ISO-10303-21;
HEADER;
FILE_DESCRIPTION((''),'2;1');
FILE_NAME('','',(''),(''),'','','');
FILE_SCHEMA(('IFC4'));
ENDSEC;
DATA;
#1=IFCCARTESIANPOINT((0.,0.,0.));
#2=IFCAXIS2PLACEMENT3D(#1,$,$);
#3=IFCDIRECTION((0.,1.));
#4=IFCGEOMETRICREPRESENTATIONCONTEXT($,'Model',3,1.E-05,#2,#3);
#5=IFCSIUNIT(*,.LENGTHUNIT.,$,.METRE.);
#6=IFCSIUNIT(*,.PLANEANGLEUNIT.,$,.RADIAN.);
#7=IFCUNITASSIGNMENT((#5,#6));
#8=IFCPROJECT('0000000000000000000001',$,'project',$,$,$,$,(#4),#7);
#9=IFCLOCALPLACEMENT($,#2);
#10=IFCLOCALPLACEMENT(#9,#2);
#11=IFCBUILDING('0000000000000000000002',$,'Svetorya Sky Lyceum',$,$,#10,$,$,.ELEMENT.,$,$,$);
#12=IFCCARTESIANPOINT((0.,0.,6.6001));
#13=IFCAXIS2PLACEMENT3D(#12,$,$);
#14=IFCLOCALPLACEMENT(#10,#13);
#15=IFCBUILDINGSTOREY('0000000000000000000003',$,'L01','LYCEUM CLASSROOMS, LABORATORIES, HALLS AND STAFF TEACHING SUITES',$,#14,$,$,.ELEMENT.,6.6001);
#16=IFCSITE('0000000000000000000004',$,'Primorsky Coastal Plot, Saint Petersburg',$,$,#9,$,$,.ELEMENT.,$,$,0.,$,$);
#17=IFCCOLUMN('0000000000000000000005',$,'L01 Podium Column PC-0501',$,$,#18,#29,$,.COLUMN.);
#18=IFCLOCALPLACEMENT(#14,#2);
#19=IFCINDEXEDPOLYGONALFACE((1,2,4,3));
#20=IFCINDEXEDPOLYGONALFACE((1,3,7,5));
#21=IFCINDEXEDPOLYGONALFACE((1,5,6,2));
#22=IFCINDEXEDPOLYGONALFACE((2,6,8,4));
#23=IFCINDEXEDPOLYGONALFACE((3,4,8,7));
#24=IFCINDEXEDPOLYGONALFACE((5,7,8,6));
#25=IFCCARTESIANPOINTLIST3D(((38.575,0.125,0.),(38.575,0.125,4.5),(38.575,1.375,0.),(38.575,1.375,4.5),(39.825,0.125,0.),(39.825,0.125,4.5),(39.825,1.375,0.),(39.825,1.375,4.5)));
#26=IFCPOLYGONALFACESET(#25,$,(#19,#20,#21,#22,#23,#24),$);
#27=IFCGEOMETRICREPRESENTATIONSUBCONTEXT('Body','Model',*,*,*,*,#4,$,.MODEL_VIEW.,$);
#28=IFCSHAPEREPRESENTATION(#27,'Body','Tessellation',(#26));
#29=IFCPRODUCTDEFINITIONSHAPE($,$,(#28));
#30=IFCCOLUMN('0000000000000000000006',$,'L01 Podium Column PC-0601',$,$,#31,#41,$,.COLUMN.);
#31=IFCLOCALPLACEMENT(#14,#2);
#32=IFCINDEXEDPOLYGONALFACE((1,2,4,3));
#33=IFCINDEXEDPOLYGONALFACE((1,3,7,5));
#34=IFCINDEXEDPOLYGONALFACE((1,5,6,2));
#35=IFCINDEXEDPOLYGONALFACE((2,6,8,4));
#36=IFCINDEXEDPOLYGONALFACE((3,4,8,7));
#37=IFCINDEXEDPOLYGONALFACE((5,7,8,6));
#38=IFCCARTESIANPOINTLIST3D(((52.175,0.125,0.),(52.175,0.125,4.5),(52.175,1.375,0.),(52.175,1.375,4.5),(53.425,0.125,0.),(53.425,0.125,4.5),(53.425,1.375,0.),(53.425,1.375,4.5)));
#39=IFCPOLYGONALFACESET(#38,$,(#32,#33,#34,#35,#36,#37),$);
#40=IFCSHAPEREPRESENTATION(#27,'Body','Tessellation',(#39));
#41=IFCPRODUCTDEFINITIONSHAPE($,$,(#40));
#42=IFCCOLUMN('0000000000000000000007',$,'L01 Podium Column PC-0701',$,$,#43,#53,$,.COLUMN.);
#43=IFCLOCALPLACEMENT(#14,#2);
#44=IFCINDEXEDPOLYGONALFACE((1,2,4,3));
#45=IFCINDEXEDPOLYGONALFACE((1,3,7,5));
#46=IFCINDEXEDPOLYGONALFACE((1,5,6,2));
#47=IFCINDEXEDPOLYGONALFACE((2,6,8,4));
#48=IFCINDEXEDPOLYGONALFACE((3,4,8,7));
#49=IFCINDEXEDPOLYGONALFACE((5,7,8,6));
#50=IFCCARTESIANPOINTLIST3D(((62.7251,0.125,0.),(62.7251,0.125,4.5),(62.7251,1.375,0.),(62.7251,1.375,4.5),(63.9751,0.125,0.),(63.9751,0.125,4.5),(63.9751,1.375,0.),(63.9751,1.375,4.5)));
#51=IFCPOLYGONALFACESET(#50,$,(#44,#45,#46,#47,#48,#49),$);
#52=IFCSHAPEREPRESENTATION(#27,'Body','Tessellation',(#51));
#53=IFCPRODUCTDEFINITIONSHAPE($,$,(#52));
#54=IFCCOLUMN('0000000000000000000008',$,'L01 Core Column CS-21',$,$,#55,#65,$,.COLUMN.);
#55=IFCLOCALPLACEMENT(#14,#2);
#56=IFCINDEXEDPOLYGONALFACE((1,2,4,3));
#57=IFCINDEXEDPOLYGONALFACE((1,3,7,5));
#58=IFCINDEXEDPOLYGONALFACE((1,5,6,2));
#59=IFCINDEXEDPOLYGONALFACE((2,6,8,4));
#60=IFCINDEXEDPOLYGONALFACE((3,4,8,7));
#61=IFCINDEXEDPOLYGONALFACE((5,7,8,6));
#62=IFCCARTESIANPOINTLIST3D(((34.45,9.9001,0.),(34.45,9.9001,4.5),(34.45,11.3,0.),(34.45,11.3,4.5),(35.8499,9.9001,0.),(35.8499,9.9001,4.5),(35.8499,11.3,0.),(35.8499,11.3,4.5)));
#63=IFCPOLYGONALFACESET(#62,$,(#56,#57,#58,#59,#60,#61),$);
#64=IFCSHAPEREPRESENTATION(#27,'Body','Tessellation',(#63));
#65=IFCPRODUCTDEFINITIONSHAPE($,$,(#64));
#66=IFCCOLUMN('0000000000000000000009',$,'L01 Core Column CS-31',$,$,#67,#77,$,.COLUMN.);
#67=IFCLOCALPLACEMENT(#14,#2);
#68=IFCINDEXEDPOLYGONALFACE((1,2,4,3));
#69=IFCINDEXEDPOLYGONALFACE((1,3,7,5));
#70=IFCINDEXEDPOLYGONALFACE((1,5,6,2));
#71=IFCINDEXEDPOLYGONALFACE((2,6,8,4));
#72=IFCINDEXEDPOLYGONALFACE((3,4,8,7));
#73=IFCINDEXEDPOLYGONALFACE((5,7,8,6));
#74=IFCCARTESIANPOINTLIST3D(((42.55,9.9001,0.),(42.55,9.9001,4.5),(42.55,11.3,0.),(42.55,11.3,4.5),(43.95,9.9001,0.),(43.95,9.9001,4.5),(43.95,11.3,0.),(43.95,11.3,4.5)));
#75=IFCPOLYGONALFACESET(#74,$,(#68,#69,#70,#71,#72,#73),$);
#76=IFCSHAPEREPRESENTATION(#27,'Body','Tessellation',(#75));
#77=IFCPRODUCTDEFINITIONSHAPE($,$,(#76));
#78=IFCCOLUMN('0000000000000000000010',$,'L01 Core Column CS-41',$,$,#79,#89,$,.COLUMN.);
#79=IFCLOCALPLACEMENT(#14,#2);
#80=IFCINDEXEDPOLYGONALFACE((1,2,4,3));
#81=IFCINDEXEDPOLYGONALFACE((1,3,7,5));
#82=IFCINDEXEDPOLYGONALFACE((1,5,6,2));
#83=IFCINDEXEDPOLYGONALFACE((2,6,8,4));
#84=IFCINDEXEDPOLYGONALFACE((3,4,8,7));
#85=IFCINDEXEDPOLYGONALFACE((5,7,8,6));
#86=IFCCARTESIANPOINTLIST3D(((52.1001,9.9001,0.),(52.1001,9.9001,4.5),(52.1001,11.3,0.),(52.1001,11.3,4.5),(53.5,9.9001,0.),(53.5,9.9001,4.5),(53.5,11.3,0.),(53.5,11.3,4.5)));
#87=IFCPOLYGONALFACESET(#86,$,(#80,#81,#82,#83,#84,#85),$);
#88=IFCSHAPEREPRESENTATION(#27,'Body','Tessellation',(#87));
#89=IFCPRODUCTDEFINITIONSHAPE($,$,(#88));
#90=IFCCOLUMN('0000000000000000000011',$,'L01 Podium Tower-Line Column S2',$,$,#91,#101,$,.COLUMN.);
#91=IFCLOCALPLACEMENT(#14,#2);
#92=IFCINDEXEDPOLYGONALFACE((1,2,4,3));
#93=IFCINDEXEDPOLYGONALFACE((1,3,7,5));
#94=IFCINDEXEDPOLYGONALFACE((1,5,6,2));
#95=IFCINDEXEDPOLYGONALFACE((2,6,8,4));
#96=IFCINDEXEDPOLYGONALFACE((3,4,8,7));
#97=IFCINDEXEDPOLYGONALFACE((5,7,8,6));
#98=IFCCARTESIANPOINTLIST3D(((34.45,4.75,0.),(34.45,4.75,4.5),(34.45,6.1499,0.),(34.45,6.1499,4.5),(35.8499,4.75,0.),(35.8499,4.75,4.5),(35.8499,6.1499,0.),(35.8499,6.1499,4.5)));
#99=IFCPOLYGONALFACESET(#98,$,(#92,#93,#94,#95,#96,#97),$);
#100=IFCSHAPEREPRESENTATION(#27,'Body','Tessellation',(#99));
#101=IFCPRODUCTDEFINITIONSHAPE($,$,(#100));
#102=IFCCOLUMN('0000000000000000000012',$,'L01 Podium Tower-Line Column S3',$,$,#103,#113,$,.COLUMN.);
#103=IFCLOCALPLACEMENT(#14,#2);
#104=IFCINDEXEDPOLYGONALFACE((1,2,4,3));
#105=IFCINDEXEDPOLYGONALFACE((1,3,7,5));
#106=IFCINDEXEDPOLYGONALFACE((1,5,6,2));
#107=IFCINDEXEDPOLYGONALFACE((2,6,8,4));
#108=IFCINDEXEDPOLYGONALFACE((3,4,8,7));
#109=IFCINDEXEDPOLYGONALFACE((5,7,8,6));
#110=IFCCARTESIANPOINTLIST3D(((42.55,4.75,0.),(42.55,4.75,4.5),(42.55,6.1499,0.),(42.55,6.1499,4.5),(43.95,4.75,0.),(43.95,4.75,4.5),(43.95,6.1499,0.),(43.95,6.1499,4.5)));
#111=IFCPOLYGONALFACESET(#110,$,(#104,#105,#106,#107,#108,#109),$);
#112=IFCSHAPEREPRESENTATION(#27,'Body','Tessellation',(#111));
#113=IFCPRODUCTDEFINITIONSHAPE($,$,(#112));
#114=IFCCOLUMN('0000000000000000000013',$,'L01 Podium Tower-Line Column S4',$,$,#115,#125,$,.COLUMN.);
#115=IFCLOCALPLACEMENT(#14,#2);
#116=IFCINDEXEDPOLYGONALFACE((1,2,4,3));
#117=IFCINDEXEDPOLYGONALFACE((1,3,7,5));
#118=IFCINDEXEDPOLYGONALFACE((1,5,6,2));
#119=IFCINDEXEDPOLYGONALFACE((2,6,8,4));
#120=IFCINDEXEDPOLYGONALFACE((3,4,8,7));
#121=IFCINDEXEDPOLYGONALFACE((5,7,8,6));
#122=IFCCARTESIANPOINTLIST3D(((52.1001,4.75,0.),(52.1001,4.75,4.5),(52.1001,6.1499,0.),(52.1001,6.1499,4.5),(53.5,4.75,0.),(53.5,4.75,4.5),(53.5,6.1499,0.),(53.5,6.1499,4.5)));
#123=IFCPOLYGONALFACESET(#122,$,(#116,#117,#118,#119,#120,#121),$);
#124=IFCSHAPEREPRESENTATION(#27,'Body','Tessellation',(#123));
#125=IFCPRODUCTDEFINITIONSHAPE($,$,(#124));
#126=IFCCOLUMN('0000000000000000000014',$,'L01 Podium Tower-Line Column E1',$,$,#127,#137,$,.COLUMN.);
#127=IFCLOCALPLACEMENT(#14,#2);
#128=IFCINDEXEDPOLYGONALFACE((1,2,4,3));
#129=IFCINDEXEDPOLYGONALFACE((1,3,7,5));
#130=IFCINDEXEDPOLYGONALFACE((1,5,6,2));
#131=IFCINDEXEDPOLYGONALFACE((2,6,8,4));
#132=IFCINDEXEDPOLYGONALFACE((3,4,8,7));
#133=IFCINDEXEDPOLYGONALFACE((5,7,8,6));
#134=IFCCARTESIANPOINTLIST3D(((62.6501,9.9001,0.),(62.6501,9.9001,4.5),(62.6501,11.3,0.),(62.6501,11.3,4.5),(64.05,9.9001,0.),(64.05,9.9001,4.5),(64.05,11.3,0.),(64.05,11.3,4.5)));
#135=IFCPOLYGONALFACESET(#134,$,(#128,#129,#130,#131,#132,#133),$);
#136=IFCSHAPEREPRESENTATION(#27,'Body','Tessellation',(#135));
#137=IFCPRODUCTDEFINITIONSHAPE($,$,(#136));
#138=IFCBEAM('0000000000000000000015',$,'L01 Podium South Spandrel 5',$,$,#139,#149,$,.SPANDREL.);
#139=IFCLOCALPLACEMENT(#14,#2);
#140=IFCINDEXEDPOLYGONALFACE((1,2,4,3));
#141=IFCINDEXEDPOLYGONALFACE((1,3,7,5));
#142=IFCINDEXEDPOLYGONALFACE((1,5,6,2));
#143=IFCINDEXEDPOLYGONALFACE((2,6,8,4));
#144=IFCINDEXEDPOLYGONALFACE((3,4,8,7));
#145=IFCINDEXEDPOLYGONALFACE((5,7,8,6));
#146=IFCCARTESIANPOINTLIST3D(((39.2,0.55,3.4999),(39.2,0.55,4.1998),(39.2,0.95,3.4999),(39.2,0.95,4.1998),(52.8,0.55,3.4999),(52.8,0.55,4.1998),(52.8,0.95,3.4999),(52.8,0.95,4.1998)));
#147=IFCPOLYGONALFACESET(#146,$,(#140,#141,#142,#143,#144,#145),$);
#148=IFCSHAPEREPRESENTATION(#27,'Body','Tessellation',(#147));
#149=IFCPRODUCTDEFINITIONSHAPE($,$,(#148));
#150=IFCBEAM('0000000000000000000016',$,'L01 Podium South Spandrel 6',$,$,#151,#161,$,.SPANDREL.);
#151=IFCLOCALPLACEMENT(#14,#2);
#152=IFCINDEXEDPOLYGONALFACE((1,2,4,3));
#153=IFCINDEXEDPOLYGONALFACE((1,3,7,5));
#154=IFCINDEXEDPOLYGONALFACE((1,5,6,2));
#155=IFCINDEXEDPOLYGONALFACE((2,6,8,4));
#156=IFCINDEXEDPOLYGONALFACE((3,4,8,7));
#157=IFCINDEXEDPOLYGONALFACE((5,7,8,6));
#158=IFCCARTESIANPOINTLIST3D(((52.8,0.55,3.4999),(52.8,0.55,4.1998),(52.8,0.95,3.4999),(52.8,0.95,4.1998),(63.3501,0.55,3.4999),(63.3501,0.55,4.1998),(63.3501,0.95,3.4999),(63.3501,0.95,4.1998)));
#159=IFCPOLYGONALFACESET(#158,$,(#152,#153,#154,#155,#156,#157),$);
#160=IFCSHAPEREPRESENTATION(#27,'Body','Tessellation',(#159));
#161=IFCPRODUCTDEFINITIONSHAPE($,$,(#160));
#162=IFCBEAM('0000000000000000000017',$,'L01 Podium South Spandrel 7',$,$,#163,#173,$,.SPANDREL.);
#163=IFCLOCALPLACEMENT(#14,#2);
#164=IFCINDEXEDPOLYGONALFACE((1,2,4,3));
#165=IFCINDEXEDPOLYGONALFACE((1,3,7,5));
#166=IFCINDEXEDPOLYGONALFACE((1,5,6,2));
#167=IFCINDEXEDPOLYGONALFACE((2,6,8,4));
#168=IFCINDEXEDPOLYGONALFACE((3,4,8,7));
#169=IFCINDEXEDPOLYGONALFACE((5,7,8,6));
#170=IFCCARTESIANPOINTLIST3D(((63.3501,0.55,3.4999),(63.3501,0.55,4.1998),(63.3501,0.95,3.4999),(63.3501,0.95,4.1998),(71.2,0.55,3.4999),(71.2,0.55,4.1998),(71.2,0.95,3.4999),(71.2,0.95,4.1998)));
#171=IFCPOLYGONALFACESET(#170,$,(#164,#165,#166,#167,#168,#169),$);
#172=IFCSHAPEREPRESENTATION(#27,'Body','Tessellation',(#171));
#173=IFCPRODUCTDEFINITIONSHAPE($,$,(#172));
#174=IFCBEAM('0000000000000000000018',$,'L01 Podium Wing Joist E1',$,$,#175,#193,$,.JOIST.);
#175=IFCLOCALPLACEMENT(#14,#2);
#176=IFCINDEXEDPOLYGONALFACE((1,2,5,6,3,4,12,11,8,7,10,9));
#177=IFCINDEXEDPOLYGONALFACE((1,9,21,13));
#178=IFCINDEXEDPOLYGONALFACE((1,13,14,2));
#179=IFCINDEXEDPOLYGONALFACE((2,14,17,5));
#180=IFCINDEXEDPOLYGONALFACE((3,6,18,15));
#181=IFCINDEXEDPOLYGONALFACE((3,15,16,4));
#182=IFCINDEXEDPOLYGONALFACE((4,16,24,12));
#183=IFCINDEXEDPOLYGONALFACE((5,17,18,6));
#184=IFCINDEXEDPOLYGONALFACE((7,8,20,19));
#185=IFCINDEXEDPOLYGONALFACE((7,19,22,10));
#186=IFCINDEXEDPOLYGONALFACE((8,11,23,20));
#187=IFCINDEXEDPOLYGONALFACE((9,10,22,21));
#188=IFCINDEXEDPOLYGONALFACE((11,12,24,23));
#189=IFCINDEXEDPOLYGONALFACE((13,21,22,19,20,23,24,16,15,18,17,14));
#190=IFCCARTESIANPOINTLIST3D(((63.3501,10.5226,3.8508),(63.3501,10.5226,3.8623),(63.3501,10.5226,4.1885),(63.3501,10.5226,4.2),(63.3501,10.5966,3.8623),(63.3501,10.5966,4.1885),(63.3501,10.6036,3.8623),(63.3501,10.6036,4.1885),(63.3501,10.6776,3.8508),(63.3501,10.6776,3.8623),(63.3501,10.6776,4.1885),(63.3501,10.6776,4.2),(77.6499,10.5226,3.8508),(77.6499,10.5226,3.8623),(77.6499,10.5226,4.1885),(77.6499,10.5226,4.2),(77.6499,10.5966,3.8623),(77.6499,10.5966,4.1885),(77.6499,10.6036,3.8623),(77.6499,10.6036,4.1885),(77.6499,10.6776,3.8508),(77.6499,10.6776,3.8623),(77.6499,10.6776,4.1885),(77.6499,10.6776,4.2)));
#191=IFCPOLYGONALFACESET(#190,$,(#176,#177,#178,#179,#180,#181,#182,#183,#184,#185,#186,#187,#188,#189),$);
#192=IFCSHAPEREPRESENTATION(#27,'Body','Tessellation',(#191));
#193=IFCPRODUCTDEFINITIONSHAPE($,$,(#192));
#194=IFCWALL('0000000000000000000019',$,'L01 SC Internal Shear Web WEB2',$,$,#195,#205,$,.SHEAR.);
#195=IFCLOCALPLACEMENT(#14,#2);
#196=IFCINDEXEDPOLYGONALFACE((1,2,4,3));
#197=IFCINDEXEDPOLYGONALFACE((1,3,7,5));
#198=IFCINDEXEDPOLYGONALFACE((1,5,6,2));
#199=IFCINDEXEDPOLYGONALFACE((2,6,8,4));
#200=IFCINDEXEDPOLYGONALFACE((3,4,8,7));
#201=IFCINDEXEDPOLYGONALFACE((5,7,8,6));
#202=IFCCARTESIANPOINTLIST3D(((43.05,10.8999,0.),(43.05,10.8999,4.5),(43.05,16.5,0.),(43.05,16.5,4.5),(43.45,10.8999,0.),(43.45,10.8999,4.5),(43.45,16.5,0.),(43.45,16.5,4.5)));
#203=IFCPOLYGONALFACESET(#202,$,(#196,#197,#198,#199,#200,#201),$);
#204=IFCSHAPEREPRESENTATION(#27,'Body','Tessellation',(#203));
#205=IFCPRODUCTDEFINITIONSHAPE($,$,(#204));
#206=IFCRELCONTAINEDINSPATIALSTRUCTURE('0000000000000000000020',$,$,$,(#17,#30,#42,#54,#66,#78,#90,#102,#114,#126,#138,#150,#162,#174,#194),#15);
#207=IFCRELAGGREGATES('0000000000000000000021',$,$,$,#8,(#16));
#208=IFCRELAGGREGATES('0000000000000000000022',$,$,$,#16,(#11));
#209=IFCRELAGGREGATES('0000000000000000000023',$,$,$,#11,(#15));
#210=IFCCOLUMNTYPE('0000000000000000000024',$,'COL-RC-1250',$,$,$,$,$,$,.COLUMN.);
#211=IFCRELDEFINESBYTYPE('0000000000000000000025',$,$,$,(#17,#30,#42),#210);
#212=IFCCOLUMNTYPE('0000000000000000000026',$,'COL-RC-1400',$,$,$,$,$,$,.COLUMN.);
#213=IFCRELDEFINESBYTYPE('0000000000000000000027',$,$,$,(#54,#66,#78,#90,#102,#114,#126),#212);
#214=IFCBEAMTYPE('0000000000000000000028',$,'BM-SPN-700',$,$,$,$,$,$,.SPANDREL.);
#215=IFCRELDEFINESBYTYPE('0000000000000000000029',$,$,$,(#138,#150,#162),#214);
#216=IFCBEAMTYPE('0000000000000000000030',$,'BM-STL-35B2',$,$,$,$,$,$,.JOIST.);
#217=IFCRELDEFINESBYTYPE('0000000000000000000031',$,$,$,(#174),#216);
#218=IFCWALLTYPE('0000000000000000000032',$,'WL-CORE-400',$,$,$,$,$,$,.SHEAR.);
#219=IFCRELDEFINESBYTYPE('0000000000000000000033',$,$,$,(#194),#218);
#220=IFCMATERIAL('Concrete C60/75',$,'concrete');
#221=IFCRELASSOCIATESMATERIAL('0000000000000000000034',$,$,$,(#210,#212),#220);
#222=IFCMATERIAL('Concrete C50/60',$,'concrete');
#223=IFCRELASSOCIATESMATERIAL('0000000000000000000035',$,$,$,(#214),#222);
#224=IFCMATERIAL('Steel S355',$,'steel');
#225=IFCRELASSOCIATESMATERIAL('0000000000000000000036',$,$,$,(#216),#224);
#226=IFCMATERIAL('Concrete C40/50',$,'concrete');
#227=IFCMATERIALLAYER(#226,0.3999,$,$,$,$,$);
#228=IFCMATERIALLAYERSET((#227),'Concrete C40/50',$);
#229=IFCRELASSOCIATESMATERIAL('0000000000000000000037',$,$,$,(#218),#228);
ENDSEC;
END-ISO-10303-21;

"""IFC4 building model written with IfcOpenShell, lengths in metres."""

from ifc_helpers import new_model, si_unit, direction, frame, frame_2d, origin, origin_2d, place, context, subcontext, project, spatial, rectangle, i_section, extrude, material, layer, layer_set, material_profile, profile_set, type_object, element, save


model = new_model("IFC4")

# Units and contexts
model_context = context("Model", 3, precision=1e-05, world=origin(), true_north=direction((0.0, 1.0)))
body_context = subcontext(model_context, "Body", "Model", "MODEL_VIEW")
ifc_project = project(units=[si_unit("LENGTHUNIT", "METRE"), si_unit("PLANEANGLEUNIT", "RADIAN")], contexts=[model_context])

# Site, building, storey
site_placement = place(None, origin())
site = spatial("IfcSite", under=ifc_project, at=site_placement, Name="Primorsky Coastal Plot, Saint Petersburg", CompositionType="ELEMENT", RefElevation=0.0)
building_placement = place(site_placement, origin())
building = spatial("IfcBuilding", under=site, at=building_placement, Name="Svetorya Sky Lyceum", CompositionType="ELEMENT")
storey_placement = place(building_placement, frame((0.0, 0.0, 6.6001)))
storey = spatial("IfcBuildingStorey", under=building, at=storey_placement, Name="L01", Description="LYCEUM CLASSROOMS, LABORATORIES, HALLS AND STAFF TEACHING SUITES", CompositionType="ELEMENT", Elevation=6.6001)

# Columns
ifc_material_1 = material(Name="Concrete C60/75", Category="concrete")
ifc_material_profile_1 = material_profile(ifc_material_1, rectangle(XDim=1.25, YDim=1.25, at=origin_2d()), Name="RC COL 1250x1250")
ifc_profile_set_1 = profile_set([ifc_material_profile_1], Name="Concrete C60/75")
column_type_1 = type_object("IfcColumnType", Name="COL-RC-1250", PredefinedType="COLUMN", material=ifc_profile_set_1)
for number, where, z_axis, x_axis, name in (
    (1, (39.2, 0.75, 0.0), (0.0, 0.0, 1.0), (1.0, 0.0, 0.0), "L01 Podium Column PC-0501"),
    (2, (52.8, 0.75, 0.0), (0.0, 0.0, 1.0), (1.0, 0.0, 0.0), "L01 Podium Column PC-0601"),
    (3, (63.3501, 0.75, 0.0), (0.0, 0.0, 1.0), (1.0, 0.0, 0.0), "L01 Podium Column PC-0701"),
):
    element("IfcColumn", number, at=place(storey_placement, frame(where, z_axis=z_axis, x_axis=x_axis)), inside=storey, type_object=column_type_1, Name=name, PredefinedType="COLUMN", context=body_context, shape_type="SweptSolid", body=[
        extrude(rectangle(XDim=1.25, YDim=1.25, at=origin_2d()), origin(), (0.0, 0.0, 1.0), 4.5),
    ])
ifc_material_profile_2 = material_profile(ifc_material_1, rectangle(XDim=1.3999, YDim=1.3999, at=origin_2d()), Name="RC COL 1400x1400")
ifc_profile_set_2 = profile_set([ifc_material_profile_2], Name="Concrete C60/75")
column_type_2 = type_object("IfcColumnType", Name="COL-RC-1400", PredefinedType="COLUMN", material=ifc_profile_set_2)
for number, where, z_axis, x_axis, name in (
    (4, (35.1499, 10.6001, 0.0), (0.0, 0.0, 1.0), (1.0, 0.0, 0.0), "L01 Core Column CS-21"),
    (5, (43.25, 10.6001, 0.0), (0.0, 0.0, 1.0), (1.0, 0.0, 0.0), "L01 Core Column CS-31"),
    (6, (52.8, 10.6001, 0.0), (0.0, 0.0, 1.0), (1.0, 0.0, 0.0), "L01 Core Column CS-41"),
    (7, (35.1499, 5.45, 0.0), (0.0, 0.0, 1.0), (1.0, 0.0, 0.0), "L01 Podium Tower-Line Column S2"),
    (8, (43.25, 5.45, 0.0), (0.0, 0.0, 1.0), (1.0, 0.0, 0.0), "L01 Podium Tower-Line Column S3"),
    (9, (52.8, 5.45, 0.0), (0.0, 0.0, 1.0), (1.0, 0.0, 0.0), "L01 Podium Tower-Line Column S4"),
    (10, (63.3501, 10.6001, 0.0), (0.0, 0.0, 1.0), (1.0, 0.0, 0.0), "L01 Podium Tower-Line Column E1"),
):
    element("IfcColumn", number, at=place(storey_placement, frame(where, z_axis=z_axis, x_axis=x_axis)), inside=storey, type_object=column_type_2, Name=name, PredefinedType="COLUMN", context=body_context, shape_type="SweptSolid", body=[
        extrude(rectangle(XDim=1.3999, YDim=1.3999, at=origin_2d()), origin(), (0.0, 0.0, 1.0), 4.5),
    ])

# Beams
ifc_material_2 = material(Name="Concrete C50/60", Category="concrete")
ifc_material_profile_3 = material_profile(ifc_material_2, rectangle(XDim=0.3999, YDim=0.7, at=origin_2d()), Name="RC SPANDREL 400x700")
ifc_profile_set_3 = profile_set([ifc_material_profile_3], Name="Concrete C50/60")
beam_type_1 = type_object("IfcBeamType", Name="BM-SPN-700", PredefinedType="SPANDREL", material=ifc_profile_set_3)
beam_1_placement = place(storey_placement, frame((39.2, 0.75, 3.8499), z_axis=(1.0, 0.0, 0.0), x_axis=(0.0, 1.0, 0.0)))
element("IfcBeam", 11, at=beam_1_placement, inside=storey, type_object=beam_type_1, Name="L01 Podium South Spandrel 5", PredefinedType="SPANDREL", context=body_context, shape_type="SweptSolid", body=[
    extrude(rectangle(XDim=0.3999, YDim=0.7, at=origin_2d()), origin(), (0.0, 0.0, 1.0), 13.6001),
])
beam_2_placement = place(storey_placement, frame((52.8, 0.75, 3.8499), z_axis=(1.0, 0.0, 0.0), x_axis=(0.0, 1.0, 0.0)))
element("IfcBeam", 12, at=beam_2_placement, inside=storey, type_object=beam_type_1, Name="L01 Podium South Spandrel 6", PredefinedType="SPANDREL", context=body_context, shape_type="SweptSolid", body=[
    extrude(rectangle(XDim=0.3999, YDim=0.7, at=origin_2d()), origin(), (0.0, 0.0, 1.0), 10.55),
])
beam_3_placement = place(storey_placement, frame((63.3501, 0.75, 3.8499), z_axis=(1.0, 0.0, 0.0), x_axis=(0.0, 1.0, 0.0)))
element("IfcBeam", 13, at=beam_3_placement, inside=storey, type_object=beam_type_1, Name="L01 Podium South Spandrel 7", PredefinedType="SPANDREL", context=body_context, shape_type="SweptSolid", body=[
    extrude(rectangle(XDim=0.3999, YDim=0.7, at=origin_2d()), origin(), (0.0, 0.0, 1.0), 7.8499),
])
ifc_material_3 = material(Name="Steel S355", Category="steel")
ifc_material_profile_4 = material_profile(ifc_material_3, i_section(OverallWidth=0.155, OverallDepth=0.3491, WebThickness=0.0071, FlangeThickness=0.0115, at=origin_2d()), Name="GOST 35B2")
ifc_profile_set_4 = profile_set([ifc_material_profile_4], Name="Steel S355")
beam_type_2 = type_object("IfcBeamType", Name="BM-STL-35B2", PredefinedType="JOIST", material=ifc_profile_set_4)
beam_4_placement = place(storey_placement, frame((63.3501, 10.6001, 4.0254), z_axis=(1.0, 0.0, 0.0), x_axis=(0.0, 1.0, 0.0)))
element("IfcBeam", 14, at=beam_4_placement, inside=storey, type_object=beam_type_2, Name="L01 Podium Wing Joist E1", PredefinedType="JOIST", context=body_context, shape_type="SweptSolid", body=[
    extrude(i_section(OverallWidth=0.155, OverallDepth=0.3491, WebThickness=0.0071, FlangeThickness=0.0115, at=origin_2d()), origin(), (0.0, 0.0, 1.0), 14.2998),
])

# Wall
ifc_material_4 = material(Name="Concrete C40/50", Category="concrete")
ifc_layer_1 = layer(ifc_material_4, 0.3999)
ifc_layer_set_1 = layer_set([ifc_layer_1], Name="Concrete C40/50")
wall_type_1 = type_object("IfcWallType", Name="WL-CORE-400", PredefinedType="SHEAR", material=ifc_layer_set_1)
wall_1_placement = place(storey_placement, frame((43.25, 10.8999, 0.0), z_axis=(0.0, 0.0, 1.0), x_axis=(0.0, 1.0, 0.0)))
element("IfcWall", 15, at=wall_1_placement, inside=storey, type_object=wall_type_1, Name="L01 SC Internal Shear Web WEB2", PredefinedType="SHEAR", context=body_context, shape_type="SweptSolid", body=[
    extrude(rectangle(XDim=5.6001, YDim=0.3999, at=frame_2d((2.8, 0.0))), origin(), (0.0, 0.0, 1.0), 4.5),
])

save(model, "model.ifc")
